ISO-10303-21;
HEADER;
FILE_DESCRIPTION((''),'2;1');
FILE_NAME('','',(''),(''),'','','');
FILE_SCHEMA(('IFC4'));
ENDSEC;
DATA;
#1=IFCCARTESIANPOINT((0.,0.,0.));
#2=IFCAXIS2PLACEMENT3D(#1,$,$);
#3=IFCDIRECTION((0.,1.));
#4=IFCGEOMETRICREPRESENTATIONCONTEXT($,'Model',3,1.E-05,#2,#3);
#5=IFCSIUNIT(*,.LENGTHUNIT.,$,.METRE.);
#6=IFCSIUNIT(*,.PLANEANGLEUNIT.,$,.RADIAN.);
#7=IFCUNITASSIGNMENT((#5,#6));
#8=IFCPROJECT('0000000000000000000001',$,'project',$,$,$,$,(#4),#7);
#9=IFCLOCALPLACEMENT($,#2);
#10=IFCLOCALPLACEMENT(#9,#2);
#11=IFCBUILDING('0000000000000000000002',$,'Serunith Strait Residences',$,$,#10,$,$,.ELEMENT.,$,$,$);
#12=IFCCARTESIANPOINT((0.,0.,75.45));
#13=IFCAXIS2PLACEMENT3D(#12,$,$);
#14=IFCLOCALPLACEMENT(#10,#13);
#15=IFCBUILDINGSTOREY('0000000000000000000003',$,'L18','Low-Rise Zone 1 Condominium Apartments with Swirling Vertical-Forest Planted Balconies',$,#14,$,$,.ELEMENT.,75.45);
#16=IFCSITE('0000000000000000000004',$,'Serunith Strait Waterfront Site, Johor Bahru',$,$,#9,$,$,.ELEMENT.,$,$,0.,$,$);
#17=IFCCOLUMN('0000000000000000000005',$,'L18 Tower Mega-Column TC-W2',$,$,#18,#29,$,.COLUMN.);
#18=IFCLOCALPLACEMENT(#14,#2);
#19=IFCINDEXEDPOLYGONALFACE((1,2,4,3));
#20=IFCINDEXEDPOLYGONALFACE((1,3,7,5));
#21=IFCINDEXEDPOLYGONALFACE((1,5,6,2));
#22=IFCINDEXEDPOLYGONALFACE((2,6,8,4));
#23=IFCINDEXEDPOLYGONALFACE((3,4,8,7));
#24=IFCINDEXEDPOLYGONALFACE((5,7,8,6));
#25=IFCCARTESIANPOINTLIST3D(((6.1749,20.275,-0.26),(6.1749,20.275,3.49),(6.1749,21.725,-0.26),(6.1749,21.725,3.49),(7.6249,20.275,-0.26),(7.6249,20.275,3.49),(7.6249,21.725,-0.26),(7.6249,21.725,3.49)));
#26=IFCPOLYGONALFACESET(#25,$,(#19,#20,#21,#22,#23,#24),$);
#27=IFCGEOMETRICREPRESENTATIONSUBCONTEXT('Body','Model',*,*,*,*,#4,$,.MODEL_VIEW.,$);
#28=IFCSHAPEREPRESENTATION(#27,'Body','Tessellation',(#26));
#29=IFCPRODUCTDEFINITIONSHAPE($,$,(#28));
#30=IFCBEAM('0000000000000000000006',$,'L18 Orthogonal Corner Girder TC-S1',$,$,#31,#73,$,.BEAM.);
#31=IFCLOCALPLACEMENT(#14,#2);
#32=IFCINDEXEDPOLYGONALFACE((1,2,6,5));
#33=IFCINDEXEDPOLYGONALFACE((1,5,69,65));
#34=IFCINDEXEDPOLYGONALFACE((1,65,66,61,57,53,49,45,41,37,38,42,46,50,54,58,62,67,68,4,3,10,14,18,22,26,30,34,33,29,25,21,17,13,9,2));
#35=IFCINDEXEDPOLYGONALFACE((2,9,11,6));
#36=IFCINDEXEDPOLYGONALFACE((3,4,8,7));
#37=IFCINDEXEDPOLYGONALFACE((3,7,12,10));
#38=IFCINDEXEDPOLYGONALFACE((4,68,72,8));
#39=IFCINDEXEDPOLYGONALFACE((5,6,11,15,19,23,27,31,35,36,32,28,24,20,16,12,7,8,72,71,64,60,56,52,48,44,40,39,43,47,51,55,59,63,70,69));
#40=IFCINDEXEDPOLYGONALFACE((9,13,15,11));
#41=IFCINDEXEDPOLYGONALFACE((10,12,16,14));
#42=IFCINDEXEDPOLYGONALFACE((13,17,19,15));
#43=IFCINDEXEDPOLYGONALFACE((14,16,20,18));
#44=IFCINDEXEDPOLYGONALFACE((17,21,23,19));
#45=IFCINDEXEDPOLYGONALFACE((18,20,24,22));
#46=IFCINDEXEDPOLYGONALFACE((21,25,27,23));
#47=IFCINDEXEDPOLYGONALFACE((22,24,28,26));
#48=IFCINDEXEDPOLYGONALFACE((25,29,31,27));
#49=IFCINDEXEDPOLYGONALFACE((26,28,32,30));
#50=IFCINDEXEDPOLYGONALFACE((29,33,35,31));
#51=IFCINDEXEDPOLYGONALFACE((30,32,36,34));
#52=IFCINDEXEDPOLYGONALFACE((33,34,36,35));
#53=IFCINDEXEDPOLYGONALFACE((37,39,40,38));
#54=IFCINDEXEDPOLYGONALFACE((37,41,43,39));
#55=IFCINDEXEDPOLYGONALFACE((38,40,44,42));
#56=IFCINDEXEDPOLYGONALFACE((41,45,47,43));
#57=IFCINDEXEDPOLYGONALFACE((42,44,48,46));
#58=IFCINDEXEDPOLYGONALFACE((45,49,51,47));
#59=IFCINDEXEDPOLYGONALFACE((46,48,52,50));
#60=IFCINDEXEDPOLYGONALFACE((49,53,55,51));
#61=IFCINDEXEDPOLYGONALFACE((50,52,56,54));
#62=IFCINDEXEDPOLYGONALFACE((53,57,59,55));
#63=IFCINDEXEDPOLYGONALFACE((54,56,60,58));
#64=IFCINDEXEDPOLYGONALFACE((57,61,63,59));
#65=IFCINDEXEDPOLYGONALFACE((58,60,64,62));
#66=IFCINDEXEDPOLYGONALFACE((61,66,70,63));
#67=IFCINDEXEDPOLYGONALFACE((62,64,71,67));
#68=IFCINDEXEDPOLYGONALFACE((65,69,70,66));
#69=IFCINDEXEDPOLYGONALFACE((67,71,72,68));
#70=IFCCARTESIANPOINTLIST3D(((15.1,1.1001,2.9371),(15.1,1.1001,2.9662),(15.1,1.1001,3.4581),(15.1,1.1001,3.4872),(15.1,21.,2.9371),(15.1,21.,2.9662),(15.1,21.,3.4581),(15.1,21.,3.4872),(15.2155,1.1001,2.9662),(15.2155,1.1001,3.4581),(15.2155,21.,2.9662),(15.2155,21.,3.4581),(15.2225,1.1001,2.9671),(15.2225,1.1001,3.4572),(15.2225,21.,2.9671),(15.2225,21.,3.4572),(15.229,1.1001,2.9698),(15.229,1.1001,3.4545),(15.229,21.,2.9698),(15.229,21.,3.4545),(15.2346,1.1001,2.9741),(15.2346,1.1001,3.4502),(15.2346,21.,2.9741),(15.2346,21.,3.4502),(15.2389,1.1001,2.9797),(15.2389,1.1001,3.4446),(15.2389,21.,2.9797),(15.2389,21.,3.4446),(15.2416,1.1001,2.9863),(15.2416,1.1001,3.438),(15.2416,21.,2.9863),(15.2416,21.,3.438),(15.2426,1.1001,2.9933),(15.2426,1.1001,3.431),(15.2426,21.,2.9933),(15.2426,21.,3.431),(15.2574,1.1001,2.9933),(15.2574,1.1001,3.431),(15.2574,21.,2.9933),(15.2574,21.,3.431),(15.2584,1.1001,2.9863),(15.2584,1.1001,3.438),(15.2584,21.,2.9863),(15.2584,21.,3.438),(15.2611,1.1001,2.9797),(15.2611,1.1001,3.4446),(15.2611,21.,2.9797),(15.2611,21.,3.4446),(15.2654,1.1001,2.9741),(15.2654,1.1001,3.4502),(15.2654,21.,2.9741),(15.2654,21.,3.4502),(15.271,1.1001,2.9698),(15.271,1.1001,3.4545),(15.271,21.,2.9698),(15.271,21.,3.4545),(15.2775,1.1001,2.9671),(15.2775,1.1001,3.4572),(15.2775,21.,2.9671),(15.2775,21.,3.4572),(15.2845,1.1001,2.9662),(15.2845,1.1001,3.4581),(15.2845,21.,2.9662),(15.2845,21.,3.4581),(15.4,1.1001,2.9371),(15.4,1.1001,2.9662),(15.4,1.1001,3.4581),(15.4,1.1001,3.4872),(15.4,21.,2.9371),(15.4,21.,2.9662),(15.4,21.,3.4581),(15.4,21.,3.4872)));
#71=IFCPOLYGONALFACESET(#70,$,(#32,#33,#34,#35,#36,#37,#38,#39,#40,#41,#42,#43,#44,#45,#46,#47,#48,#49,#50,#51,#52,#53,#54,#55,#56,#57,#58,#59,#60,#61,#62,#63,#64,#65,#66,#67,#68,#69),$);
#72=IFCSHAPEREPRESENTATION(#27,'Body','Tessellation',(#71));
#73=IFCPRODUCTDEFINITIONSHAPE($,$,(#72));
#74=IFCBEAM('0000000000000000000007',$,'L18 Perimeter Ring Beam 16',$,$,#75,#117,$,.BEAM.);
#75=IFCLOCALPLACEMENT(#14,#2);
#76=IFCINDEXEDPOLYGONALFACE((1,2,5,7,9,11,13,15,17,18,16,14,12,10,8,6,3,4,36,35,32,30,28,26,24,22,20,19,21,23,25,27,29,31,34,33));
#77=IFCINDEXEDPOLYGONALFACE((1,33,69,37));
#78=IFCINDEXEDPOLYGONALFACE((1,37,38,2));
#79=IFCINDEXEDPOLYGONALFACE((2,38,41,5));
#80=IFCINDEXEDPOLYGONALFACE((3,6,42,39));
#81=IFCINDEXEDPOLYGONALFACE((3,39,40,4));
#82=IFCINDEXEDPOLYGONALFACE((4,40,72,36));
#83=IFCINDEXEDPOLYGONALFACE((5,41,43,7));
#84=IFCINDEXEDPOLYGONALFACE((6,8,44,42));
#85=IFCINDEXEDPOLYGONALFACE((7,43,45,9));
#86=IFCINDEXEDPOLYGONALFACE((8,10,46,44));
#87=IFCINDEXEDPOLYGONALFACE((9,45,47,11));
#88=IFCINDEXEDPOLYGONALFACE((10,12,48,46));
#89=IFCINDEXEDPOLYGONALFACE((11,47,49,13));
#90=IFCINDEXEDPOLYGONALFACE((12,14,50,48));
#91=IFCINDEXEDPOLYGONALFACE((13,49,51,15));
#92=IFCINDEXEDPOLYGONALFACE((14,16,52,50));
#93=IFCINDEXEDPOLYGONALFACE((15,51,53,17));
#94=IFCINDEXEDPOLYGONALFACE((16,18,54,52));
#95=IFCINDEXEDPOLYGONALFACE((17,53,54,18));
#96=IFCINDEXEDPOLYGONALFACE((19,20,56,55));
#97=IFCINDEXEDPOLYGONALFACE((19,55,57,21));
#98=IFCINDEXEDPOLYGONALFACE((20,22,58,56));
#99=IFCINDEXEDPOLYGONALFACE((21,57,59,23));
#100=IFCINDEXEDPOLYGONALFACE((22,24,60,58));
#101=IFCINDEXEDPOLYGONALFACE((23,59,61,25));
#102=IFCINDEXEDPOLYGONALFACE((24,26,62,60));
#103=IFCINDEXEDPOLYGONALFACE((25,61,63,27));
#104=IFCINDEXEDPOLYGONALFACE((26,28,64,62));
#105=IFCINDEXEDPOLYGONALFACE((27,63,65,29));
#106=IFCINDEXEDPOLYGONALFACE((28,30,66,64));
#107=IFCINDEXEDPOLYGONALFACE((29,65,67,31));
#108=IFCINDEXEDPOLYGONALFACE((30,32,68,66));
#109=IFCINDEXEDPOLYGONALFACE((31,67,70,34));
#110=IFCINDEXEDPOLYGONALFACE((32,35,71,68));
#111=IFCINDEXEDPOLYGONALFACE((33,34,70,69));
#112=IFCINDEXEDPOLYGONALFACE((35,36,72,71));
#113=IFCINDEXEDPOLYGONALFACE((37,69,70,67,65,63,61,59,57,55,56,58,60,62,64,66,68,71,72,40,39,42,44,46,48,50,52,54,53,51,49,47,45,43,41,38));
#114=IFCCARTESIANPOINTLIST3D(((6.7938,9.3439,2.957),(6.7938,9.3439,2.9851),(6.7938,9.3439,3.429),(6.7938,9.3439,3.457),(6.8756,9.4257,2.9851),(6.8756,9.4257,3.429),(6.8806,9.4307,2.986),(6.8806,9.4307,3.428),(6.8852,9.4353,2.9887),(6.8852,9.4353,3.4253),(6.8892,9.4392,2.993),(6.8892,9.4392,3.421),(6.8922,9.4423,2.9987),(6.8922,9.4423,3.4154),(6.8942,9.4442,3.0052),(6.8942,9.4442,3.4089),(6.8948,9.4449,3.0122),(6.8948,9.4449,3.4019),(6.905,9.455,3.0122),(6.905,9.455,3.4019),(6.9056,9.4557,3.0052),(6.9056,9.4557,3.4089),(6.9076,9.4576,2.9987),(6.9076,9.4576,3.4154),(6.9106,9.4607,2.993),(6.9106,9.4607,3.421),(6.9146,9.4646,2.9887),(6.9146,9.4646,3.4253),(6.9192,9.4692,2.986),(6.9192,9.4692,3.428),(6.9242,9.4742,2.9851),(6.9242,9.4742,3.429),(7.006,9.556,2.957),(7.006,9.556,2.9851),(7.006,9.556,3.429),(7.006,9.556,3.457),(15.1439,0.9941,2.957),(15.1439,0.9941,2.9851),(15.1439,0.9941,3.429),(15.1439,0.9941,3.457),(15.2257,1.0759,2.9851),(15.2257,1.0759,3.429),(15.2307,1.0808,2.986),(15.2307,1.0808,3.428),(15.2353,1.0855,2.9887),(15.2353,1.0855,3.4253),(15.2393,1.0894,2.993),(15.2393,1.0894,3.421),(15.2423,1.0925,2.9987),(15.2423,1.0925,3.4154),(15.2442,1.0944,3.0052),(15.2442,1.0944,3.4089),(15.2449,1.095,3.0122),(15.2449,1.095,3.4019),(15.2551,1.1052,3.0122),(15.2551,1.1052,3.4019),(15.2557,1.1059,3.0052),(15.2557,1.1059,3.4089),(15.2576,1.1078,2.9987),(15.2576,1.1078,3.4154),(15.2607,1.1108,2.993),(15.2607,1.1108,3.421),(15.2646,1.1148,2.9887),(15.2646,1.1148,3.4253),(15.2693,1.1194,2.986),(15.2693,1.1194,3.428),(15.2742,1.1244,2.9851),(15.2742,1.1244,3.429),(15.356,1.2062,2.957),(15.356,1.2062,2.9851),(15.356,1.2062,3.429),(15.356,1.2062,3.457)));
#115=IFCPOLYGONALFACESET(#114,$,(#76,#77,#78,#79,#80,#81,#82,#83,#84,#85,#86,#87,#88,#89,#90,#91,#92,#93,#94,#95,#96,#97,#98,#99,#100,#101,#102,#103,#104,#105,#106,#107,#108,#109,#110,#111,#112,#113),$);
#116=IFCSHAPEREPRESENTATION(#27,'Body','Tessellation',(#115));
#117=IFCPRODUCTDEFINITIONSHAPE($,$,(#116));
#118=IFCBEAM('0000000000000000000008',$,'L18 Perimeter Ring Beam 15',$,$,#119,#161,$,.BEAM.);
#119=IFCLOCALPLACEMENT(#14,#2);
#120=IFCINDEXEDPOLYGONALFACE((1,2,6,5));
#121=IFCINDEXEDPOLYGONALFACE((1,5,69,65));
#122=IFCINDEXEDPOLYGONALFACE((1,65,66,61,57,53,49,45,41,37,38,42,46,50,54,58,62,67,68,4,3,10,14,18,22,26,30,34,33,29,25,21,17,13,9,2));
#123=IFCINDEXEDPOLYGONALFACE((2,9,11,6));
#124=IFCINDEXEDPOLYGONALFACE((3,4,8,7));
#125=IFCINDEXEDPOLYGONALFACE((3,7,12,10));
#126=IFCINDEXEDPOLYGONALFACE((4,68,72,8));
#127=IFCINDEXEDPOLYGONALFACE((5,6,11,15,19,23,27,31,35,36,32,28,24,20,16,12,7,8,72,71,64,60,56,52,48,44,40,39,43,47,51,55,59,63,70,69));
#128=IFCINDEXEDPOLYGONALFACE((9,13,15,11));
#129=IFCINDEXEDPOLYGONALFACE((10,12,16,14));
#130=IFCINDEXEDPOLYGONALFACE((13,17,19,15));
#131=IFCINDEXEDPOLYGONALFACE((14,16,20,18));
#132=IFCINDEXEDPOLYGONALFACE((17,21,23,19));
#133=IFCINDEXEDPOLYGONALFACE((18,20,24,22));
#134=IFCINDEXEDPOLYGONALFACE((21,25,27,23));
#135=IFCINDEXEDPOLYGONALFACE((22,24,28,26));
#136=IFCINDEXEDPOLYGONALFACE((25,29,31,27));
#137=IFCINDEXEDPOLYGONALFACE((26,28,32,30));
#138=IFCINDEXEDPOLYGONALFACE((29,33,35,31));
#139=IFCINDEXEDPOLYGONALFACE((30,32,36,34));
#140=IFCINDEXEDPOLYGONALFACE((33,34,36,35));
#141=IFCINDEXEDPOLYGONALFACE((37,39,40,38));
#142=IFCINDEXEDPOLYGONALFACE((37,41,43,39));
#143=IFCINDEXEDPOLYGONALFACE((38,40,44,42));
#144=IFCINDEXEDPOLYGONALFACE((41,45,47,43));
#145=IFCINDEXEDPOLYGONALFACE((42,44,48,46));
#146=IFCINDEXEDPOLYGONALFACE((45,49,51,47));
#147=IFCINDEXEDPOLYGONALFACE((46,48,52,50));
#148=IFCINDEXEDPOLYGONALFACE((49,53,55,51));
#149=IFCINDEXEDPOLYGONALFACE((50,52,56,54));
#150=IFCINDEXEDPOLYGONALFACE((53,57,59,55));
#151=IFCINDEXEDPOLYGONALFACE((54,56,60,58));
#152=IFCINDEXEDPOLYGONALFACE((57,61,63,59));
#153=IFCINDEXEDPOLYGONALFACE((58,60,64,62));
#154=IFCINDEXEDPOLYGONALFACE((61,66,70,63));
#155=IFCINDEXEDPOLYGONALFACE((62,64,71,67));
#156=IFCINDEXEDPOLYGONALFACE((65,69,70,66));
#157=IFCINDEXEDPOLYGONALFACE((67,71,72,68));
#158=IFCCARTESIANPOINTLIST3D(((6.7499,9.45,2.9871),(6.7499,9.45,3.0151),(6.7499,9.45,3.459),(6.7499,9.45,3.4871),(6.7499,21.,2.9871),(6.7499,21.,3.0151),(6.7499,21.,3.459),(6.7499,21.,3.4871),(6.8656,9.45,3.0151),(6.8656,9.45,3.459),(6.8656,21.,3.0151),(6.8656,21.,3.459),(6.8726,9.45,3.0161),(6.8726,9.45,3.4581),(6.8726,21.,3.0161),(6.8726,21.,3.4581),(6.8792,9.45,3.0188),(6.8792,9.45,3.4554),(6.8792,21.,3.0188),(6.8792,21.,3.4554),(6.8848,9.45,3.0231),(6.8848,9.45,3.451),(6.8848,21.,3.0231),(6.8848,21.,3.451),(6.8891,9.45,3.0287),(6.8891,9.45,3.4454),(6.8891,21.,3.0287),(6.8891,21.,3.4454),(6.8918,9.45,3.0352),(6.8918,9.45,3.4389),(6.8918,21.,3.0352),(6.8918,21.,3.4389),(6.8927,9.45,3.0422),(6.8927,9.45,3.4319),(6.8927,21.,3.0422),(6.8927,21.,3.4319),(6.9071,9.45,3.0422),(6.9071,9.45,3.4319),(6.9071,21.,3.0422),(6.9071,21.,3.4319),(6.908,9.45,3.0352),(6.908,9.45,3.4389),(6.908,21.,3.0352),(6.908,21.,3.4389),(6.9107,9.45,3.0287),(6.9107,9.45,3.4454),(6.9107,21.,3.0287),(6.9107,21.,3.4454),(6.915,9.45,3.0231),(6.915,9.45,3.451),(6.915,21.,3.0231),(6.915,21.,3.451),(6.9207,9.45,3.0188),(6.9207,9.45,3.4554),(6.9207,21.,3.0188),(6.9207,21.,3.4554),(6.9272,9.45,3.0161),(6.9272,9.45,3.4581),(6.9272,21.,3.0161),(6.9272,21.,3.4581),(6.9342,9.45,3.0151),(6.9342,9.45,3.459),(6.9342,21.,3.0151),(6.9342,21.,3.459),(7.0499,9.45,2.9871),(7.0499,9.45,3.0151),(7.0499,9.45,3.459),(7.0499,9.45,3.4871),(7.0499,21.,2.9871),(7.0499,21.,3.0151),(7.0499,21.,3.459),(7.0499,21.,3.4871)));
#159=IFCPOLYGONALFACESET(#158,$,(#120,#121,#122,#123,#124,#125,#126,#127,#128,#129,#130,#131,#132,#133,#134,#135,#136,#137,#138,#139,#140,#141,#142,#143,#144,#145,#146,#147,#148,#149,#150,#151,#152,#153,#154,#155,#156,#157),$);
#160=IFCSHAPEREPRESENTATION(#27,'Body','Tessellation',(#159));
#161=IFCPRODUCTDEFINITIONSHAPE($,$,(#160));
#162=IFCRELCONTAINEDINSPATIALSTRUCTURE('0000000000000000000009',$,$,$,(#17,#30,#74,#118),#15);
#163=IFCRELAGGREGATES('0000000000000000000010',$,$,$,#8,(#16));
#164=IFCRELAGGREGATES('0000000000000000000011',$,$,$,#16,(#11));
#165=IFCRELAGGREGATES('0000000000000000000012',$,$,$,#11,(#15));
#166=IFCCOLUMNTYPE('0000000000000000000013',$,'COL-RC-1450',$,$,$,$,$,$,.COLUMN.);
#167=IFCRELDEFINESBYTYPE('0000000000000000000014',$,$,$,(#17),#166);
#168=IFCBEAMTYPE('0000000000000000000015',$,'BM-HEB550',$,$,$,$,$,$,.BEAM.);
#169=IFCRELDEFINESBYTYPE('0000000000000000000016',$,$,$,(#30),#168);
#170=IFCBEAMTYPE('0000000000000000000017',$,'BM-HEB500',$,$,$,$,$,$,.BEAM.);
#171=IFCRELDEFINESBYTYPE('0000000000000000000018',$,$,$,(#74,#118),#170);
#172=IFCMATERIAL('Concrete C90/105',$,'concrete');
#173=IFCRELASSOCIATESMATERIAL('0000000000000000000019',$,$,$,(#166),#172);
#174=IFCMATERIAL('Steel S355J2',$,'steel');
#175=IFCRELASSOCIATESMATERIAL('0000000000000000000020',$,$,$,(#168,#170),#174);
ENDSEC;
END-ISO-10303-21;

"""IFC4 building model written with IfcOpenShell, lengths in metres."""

from ifc_helpers import new_model, si_unit, direction, frame, origin, origin_2d, place, context, subcontext, project, spatial, rectangle, i_section, extrude, source, transform, mapped, material, material_profile, profile_set, type_object, element, save


model = new_model("IFC4")

# Units and contexts
model_context = context("Model", 3, precision=1e-05, world=origin(), true_north=direction((0.0, 1.0)))
body_context = subcontext(model_context, "Body", "Model", "MODEL_VIEW")
ifc_project = project(units=[si_unit("LENGTHUNIT", "METRE"), si_unit("PLANEANGLEUNIT", "RADIAN")], contexts=[model_context])

# Site, building, storey
site_placement = place(None, origin())
site = spatial("IfcSite", under=ifc_project, at=site_placement, Name="Serunith Strait Waterfront Site, Johor Bahru", CompositionType="ELEMENT", RefElevation=0.0)
building_placement = place(site_placement, origin())
building = spatial("IfcBuilding", under=site, at=building_placement, Name="Serunith Strait Residences", CompositionType="ELEMENT")
storey_placement = place(building_placement, frame((0.0, 0.0, 75.45)))
storey = spatial("IfcBuildingStorey", under=building, at=storey_placement, Name="L18", Description="Low-Rise Zone 1 Condominium Apartments with Swirling Vertical-Forest Planted Balconies", CompositionType="ELEMENT", Elevation=75.45)

# Column
ifc_material_1 = material(Name="Concrete C90/105", Category="concrete")
ifc_material_profile_1 = material_profile(ifc_material_1, rectangle(XDim=1.45, YDim=1.45, at=origin_2d()), Name="RC 1450x1450")
ifc_profile_set_1 = profile_set([ifc_material_profile_1], Name="Concrete C90/105")
column_type = type_object("IfcColumnType", Name="COL-RC-1450", PredefinedType="COLUMN", material=ifc_profile_set_1)
shared_shape_1 = source(origin(), body_context, "Body", "SweptSolid", [
    extrude(rectangle(XDim=1.45, YDim=1.45, at=origin_2d()), origin(), (0.0, 0.0, 1.0), 3.75),
])
column_placement = place(storey_placement, frame((6.8999, 21.0, -0.26), z_axis=(0.0, 0.0, 1.0), x_axis=(1.0, 0.0, 0.0)))
element("IfcColumn", 1, at=column_placement, inside=storey, type_object=column_type, Name="L18 Tower Mega-Column TC-W2", PredefinedType="COLUMN", context=body_context, shape_type="MappedRepresentation", body=[
    mapped(shared_shape_1, transform((0.0, 0.0, 0.0), scale=1.0)),
])

# Beams
ifc_material_2 = material(Name="Steel S355J2", Category="steel")
ifc_material_profile_2 = material_profile(ifc_material_2, i_section(OverallWidth=0.3, OverallDepth=0.55, WebThickness=0.0149, FlangeThickness=0.0291, FilletRadius=0.0271, at=origin_2d()), Name="HEB 550")
ifc_profile_set_2 = profile_set([ifc_material_profile_2], Name="Steel S355J2")
beam_type_1 = type_object("IfcBeamType", Name="BM-HEB550", PredefinedType="BEAM", material=ifc_profile_set_2)
shared_shape_2 = source(origin(), body_context, "Body", "SweptSolid", [
    extrude(i_section(OverallWidth=0.3, OverallDepth=0.55, WebThickness=0.0149, FlangeThickness=0.0291, FilletRadius=0.0271, at=origin_2d()), origin(), (0.0, 0.0, 1.0), 19.8999),
])
beam_1_placement = place(storey_placement, frame((15.25, 21.0, 3.2122), z_axis=(0.0, -1.0, 0.0), x_axis=(1.0, 0.0, 0.0)))
element("IfcBeam", 2, at=beam_1_placement, inside=storey, type_object=beam_type_1, Name="L18 Orthogonal Corner Girder TC-S1", PredefinedType="BEAM", context=body_context, shape_type="MappedRepresentation", body=[
    mapped(shared_shape_2, transform((0.0, 0.0, 0.0), scale=1.0)),
])
ifc_material_profile_3 = material_profile(ifc_material_2, i_section(OverallWidth=0.3, OverallDepth=0.5, WebThickness=0.0144, FlangeThickness=0.0281, FilletRadius=0.0271, at=origin_2d()), Name="HEB 500")
ifc_profile_set_3 = profile_set([ifc_material_profile_3], Name="Steel S355J2")
beam_type_2 = type_object("IfcBeamType", Name="BM-HEB500", PredefinedType="BEAM", material=ifc_profile_set_3)
shared_shape_3 = source(origin(), body_context, "Body", "SweptSolid", [
    extrude(i_section(OverallWidth=0.3, OverallDepth=0.5, WebThickness=0.0144, FlangeThickness=0.0281, FilletRadius=0.0271, at=origin_2d()), origin(), (0.0, 0.0, 1.0), 11.8086),
])
beam_2_placement = place(storey_placement, frame((6.8999, 9.45, 3.207), z_axis=(0.707117, -0.707096, 0.0), x_axis=(0.707096, 0.707117, 0.0)))
element("IfcBeam", 3, at=beam_2_placement, inside=storey, type_object=beam_type_2, Name="L18 Perimeter Ring Beam 16", PredefinedType="BEAM", context=body_context, shape_type="MappedRepresentation", body=[
    mapped(shared_shape_3, transform((0.0, 0.0, 0.0), scale=1.0)),
])
shared_shape_4 = source(origin(), body_context, "Body", "SweptSolid", [
    extrude(i_section(OverallWidth=0.3, OverallDepth=0.5, WebThickness=0.0144, FlangeThickness=0.0281, FilletRadius=0.0271, at=origin_2d()), origin(), (0.0, 0.0, 1.0), 11.55),
])
beam_3_placement = place(storey_placement, frame((6.8999, 21.0, 3.2371), z_axis=(0.0, -1.0, 0.0), x_axis=(1.0, 0.0, 0.0)))
element("IfcBeam", 4, at=beam_3_placement, inside=storey, type_object=beam_type_2, Name="L18 Perimeter Ring Beam 15", PredefinedType="BEAM", context=body_context, shape_type="MappedRepresentation", body=[
    mapped(shared_shape_4, transform((0.0, 0.0, 0.0), scale=1.0)),
])

save(model, "model.ifc")
